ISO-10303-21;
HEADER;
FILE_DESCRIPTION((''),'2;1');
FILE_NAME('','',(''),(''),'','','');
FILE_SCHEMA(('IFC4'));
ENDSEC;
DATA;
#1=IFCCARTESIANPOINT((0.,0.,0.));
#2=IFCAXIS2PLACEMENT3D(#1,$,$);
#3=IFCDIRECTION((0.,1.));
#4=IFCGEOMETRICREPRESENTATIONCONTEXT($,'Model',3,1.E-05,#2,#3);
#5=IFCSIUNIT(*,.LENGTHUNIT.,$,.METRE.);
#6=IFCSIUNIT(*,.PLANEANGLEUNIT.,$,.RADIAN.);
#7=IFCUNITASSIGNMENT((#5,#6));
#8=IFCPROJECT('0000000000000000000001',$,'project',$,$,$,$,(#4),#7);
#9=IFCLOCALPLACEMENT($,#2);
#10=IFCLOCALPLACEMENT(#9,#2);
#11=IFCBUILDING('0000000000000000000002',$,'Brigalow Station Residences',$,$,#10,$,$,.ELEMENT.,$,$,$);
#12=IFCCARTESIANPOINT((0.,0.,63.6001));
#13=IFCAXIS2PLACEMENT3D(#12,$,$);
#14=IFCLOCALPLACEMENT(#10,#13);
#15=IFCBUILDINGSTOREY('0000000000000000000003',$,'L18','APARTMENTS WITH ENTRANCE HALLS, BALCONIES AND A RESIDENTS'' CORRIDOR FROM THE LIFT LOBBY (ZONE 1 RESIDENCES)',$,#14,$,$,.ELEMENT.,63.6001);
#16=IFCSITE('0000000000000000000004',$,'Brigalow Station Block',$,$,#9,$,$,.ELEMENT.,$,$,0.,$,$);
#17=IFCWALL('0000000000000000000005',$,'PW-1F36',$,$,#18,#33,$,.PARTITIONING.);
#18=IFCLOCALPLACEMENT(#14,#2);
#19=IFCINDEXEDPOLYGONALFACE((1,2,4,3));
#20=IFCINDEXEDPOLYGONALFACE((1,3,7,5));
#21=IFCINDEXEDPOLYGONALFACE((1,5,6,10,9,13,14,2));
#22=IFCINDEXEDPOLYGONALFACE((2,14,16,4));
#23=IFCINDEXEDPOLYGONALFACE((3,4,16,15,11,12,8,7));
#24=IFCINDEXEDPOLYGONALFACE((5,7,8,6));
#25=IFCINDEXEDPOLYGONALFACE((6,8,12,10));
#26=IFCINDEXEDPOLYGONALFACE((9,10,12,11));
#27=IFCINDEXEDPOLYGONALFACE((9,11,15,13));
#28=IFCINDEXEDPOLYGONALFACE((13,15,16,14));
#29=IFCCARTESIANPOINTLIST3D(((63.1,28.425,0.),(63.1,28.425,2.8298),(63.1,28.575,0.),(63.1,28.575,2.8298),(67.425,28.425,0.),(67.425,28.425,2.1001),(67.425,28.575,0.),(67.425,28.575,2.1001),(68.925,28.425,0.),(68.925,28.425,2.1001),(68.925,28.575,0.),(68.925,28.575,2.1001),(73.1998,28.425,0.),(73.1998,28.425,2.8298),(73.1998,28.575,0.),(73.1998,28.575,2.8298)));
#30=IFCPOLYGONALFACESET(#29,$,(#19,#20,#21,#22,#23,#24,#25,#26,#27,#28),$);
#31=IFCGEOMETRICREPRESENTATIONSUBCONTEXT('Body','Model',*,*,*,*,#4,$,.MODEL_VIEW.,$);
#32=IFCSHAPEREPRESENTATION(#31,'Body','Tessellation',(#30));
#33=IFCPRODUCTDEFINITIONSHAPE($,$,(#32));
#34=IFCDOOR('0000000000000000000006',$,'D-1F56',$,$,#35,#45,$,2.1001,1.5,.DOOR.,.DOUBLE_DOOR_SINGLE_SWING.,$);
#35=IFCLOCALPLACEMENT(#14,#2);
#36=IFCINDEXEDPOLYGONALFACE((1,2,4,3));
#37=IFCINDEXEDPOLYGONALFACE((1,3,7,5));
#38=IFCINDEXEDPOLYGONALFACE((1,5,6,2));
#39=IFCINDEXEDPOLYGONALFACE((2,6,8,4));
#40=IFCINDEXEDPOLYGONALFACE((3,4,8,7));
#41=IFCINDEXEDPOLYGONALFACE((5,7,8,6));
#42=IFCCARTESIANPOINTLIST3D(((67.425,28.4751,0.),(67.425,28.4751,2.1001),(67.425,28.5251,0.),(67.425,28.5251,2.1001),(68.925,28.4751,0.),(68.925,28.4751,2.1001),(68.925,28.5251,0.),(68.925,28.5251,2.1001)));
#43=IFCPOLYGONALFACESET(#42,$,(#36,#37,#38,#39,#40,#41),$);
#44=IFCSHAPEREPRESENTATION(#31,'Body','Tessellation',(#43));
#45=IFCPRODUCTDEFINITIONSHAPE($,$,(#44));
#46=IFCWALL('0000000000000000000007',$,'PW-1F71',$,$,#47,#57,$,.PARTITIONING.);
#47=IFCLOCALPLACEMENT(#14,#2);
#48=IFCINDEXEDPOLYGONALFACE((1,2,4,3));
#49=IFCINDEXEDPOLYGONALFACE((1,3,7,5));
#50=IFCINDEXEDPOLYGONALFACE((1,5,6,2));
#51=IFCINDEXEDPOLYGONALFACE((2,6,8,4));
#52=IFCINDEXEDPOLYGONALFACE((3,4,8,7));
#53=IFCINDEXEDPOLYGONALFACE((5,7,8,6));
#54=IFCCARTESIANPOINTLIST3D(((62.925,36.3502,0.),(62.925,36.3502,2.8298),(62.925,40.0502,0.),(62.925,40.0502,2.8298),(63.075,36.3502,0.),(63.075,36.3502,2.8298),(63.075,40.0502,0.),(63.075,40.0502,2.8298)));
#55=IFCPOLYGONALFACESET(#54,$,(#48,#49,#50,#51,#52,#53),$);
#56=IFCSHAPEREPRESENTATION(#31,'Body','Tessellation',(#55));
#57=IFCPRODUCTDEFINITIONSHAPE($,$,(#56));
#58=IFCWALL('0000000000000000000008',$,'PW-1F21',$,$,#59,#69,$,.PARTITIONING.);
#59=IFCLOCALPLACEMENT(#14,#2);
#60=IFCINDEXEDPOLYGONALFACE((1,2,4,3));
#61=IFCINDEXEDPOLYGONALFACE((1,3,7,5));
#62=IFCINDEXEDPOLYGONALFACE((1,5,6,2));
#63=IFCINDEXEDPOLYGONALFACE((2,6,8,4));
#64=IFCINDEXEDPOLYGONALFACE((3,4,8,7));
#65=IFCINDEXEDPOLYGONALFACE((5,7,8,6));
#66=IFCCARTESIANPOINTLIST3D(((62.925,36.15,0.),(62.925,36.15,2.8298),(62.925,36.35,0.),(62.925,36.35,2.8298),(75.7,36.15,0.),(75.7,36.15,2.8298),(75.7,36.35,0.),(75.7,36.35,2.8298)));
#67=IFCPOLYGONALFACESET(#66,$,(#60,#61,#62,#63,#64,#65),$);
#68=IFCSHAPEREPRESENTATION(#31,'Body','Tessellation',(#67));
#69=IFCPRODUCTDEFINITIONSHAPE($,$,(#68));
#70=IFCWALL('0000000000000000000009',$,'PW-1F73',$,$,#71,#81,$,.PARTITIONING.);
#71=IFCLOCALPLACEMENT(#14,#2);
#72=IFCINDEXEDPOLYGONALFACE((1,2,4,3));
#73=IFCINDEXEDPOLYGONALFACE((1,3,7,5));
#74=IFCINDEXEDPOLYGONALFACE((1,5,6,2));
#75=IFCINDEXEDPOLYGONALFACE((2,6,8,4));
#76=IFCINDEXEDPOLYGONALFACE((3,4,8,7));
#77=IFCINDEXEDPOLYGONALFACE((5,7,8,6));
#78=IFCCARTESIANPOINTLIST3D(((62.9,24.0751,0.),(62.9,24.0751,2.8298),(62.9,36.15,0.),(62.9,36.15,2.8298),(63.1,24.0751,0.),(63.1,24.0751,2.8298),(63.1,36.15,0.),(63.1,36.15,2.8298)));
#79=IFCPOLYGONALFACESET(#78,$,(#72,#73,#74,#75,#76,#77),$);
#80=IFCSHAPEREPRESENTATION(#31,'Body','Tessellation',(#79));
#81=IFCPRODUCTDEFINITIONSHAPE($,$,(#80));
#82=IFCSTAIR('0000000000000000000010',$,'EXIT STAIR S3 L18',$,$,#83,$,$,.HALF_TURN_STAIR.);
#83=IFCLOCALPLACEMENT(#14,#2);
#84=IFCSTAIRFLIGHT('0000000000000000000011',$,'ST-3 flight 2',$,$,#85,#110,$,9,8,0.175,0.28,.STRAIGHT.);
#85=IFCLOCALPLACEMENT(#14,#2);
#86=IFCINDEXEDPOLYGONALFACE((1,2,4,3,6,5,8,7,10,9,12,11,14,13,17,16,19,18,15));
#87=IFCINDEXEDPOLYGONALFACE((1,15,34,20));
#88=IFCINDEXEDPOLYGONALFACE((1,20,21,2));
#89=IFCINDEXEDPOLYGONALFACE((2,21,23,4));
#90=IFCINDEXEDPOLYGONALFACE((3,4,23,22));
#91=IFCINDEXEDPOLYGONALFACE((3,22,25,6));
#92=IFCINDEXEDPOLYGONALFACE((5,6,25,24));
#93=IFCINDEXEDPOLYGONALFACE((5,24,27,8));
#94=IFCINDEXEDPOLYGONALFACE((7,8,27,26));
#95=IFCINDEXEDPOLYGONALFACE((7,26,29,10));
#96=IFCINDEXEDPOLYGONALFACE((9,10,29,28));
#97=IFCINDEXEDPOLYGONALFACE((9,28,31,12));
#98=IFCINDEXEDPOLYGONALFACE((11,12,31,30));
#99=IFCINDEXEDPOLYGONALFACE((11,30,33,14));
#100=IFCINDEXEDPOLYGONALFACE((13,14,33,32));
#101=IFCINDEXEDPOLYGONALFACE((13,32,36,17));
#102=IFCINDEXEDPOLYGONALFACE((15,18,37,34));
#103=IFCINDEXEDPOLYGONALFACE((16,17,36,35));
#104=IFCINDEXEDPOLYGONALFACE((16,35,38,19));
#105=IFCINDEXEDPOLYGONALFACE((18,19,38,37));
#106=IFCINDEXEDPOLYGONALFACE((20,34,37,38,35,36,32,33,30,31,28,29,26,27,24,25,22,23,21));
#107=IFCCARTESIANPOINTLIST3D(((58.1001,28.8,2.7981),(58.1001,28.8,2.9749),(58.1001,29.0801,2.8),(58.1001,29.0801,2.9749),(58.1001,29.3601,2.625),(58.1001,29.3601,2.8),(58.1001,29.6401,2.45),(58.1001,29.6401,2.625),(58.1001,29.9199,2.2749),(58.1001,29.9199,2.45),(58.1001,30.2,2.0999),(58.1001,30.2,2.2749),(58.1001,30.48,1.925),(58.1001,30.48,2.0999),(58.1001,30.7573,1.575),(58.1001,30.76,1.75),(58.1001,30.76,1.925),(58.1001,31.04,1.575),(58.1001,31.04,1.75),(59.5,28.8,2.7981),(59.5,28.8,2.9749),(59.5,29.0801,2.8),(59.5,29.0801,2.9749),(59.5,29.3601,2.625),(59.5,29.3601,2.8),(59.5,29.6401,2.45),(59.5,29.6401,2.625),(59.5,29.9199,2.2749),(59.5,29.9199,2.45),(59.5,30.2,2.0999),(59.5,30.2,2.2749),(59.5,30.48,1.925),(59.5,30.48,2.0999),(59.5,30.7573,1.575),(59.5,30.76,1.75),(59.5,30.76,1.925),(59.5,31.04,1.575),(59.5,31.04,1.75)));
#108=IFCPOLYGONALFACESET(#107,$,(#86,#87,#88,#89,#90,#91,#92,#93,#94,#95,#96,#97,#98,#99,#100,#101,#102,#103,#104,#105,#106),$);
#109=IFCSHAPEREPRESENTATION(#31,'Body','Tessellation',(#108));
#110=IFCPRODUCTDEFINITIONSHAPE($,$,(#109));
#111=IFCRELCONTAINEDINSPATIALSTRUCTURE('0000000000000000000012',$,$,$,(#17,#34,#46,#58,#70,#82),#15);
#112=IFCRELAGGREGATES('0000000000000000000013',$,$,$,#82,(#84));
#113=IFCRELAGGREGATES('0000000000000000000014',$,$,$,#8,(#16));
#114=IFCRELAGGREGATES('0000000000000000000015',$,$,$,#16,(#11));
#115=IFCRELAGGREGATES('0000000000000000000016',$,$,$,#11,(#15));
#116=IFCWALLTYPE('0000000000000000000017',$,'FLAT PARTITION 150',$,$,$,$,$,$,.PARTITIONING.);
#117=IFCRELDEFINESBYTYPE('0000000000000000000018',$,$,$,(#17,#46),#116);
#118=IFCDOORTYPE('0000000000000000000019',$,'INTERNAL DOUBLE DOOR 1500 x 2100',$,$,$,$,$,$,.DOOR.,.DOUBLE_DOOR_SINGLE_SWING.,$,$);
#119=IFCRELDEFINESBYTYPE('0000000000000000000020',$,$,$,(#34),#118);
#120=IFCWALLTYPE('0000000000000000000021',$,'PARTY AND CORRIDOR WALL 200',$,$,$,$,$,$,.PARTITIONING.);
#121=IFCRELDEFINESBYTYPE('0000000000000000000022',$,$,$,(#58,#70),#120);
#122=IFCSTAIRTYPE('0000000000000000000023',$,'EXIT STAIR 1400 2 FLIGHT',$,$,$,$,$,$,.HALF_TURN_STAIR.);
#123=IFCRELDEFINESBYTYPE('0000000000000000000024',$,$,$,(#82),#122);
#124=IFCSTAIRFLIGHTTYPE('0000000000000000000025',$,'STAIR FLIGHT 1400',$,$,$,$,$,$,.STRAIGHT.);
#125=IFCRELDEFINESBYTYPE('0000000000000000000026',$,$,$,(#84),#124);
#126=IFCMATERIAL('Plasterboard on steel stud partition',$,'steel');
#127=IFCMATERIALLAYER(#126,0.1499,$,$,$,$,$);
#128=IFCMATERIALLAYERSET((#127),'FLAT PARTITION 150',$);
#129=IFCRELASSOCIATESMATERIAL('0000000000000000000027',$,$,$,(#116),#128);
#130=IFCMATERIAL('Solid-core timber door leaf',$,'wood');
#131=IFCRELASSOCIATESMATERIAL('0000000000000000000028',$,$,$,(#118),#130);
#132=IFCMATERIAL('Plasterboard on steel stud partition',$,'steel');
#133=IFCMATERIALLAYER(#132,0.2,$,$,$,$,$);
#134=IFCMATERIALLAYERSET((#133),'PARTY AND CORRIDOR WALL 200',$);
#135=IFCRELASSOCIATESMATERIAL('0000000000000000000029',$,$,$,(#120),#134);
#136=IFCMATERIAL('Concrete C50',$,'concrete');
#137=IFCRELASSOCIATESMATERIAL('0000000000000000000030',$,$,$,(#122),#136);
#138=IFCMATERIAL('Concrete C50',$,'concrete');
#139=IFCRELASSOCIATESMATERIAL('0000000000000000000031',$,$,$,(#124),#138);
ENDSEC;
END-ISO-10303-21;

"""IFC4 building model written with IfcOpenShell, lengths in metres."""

from ifc_helpers import new_model, si_unit, direction, frame, frame_2d, origin, place, context, subcontext, project, spatial, polyline, rectangle, outline, extrude, material, layer, layer_set, type_object, element, fill, aggregate, save


model = new_model("IFC4")

# Units and contexts
model_context = context("Model", 3, precision=1e-05, world=origin(), true_north=direction((0.0, 1.0)))
body_context = subcontext(model_context, "Body", "Model", "MODEL_VIEW")
ifc_project = project(units=[si_unit("LENGTHUNIT", "METRE"), si_unit("PLANEANGLEUNIT", "RADIAN")], contexts=[model_context])

# Site, building, storey
site_placement = place(None, origin())
site = spatial("IfcSite", under=ifc_project, at=site_placement, Name="Brigalow Station Block", CompositionType="ELEMENT", RefElevation=0.0)
building_placement = place(site_placement, origin())
building = spatial("IfcBuilding", under=site, at=building_placement, Name="Brigalow Station Residences", CompositionType="ELEMENT")
storey_placement = place(building_placement, frame((0.0, 0.0, 63.6001)))
storey = spatial("IfcBuildingStorey", under=building, at=storey_placement, Name="L18", Description="APARTMENTS WITH ENTRANCE HALLS, BALCONIES AND A RESIDENTS' CORRIDOR FROM THE LIFT LOBBY (ZONE 1 RESIDENCES)", CompositionType="ELEMENT", Elevation=63.6001)

# Shared definitions
ifc_material_1 = material(Name="Plasterboard on steel stud partition", Category="steel")
ifc_layer_1 = layer(ifc_material_1, 0.1499)
ifc_layer_set_1 = layer_set([ifc_layer_1], Name="FLAT PARTITION 150")
wall_type_1 = type_object("IfcWallType", Name="FLAT PARTITION 150", PredefinedType="PARTITIONING", material=ifc_layer_set_1)
ifc_material_2 = material(Name="Solid-core timber door leaf", Category="wood")
door_type_1 = type_object("IfcDoorType", Name="INTERNAL DOUBLE DOOR 1500 x 2100", OperationType="DOUBLE_DOOR_SINGLE_SWING", PredefinedType="DOOR", material=ifc_material_2)

# Wall, opening, door
wall_1_placement = place(storey_placement, frame((63.1001, 28.5, 0.0), z_axis=(0.0, 0.0, 1.0), x_axis=(1.0, 0.0, 0.0)))
wall_1 = element("IfcWall", 1, at=wall_1_placement, inside=storey, type_object=wall_type_1, Name="PW-1F36", PredefinedType="PARTITIONING", context=body_context, shape_type="SweptSolid", body=[
    extrude(rectangle(XDim=10.0999, YDim=0.1499, at=frame_2d((5.0498, 0.0))), origin(), (0.0, 0.0, 1.0), 2.8298),
])
opening_1_placement = place(wall_1_placement, frame((4.325, 0.0, 0.0)))
opening_1 = element("IfcOpeningElement", 2, at=opening_1_placement, cuts=wall_1, PredefinedType="OPENING", context=body_context, shape_type="SweptSolid", body=[
    extrude(rectangle(XDim=1.5, YDim=2.1001, at=frame_2d((0.75, 1.05))), frame((0.0, 0.085, 0.0), z_axis=(0.0, -1.0, 0.0), x_axis=(1.0, 0.0, 0.0)), (0.0, 0.0, 1.0), 0.1699),
])
door_1_placement = place(opening_1_placement, frame((1.5, 0.0, 0.0), z_axis=(0.0, 0.0, 1.0), x_axis=(-1.0, 0.0, 0.0)))
door_1 = element("IfcDoor", 3, at=door_1_placement, inside=storey, type_object=door_type_1, Name="D-1F56", OperationType="DOUBLE_DOOR_SINGLE_SWING", OverallHeight=2.1001, OverallWidth=1.5, PredefinedType="DOOR", context=body_context, shape_type="SweptSolid", body=[
    extrude(rectangle(XDim=1.5, YDim=2.1001, at=frame_2d((0.75, 1.05))), frame((0.0, 0.0249, 0.0), z_axis=(0.0, -1.0, 0.0), x_axis=(1.0, 0.0, 0.0)), (0.0, 0.0, 1.0), 0.05),
])
fill(opening_1, door_1)

# Walls
wall_2_placement = place(storey_placement, frame((63.0, 36.3501, 0.0), z_axis=(0.0, 0.0, 1.0), x_axis=(0.0, 1.0, 0.0)))
element("IfcWall", 4, at=wall_2_placement, inside=storey, type_object=wall_type_1, Name="PW-1F71", PredefinedType="PARTITIONING", context=body_context, shape_type="SweptSolid", body=[
    extrude(rectangle(XDim=3.7, YDim=0.1499, at=frame_2d((1.8501, 0.0))), origin(), (0.0, 0.0, 1.0), 2.8298),
])
ifc_material_3 = material(Name="Plasterboard on steel stud partition", Category="steel")
ifc_layer_2 = layer(ifc_material_3, 0.2)
ifc_layer_set_2 = layer_set([ifc_layer_2], Name="PARTY AND CORRIDOR WALL 200")
wall_type_2 = type_object("IfcWallType", Name="PARTY AND CORRIDOR WALL 200", PredefinedType="PARTITIONING", material=ifc_layer_set_2)
wall_3_placement = place(storey_placement, frame((62.925, 36.25, 0.0), z_axis=(0.0, 0.0, 1.0), x_axis=(1.0, 0.0, 0.0)))
element("IfcWall", 5, at=wall_3_placement, inside=storey, type_object=wall_type_2, Name="PW-1F21", PredefinedType="PARTITIONING", context=body_context, shape_type="SweptSolid", body=[
    extrude(rectangle(XDim=12.7749, YDim=0.2, at=frame_2d((6.3875, 0.0))), origin(), (0.0, 0.0, 1.0), 2.8298),
])
wall_4_placement = place(storey_placement, frame((63.0, 24.075, 0.0), z_axis=(0.0, 0.0, 1.0), x_axis=(0.0, 1.0, 0.0)))
element("IfcWall", 6, at=wall_4_placement, inside=storey, type_object=wall_type_2, Name="PW-1F73", PredefinedType="PARTITIONING", context=body_context, shape_type="SweptSolid", body=[
    extrude(rectangle(XDim=12.075, YDim=0.2, at=frame_2d((6.0376, 0.0))), origin(), (0.0, 0.0, 1.0), 2.8298),
])

# Stair, stair flight
ifc_material_4 = material(Name="Concrete C50", Category="concrete")
stair_type = type_object("IfcStairType", Name="EXIT STAIR 1400 2 FLIGHT", PredefinedType="HALF_TURN_STAIR", material=ifc_material_4)
stair_placement = place(storey_placement, origin())
stair = element("IfcStair", 7, at=stair_placement, inside=storey, type_object=stair_type, Name="EXIT STAIR S3 L18", PredefinedType="HALF_TURN_STAIR")
ifc_material_5 = material(Name="Concrete C50", Category="concrete")
stair_flight_type = type_object("IfcStairFlightType", Name="STAIR FLIGHT 1400", PredefinedType="STRAIGHT", material=ifc_material_5)
stair_flight_placement = place(storey_placement, frame((58.8, 31.04, 1.575), z_axis=(0.0, 0.0, 1.0), x_axis=(0.0, -1.0, 0.0)))
stair_flight = element("IfcStairFlight", 8, at=stair_flight_placement, type_object=stair_flight_type, Name="ST-3 flight 2", NumberOfRisers=9, NumberOfTreads=8, PredefinedType="STRAIGHT", RiserHeight=0.175, TreadLength=0.28, context=body_context, shape_type="SweptSolid", body=[
    extrude(outline(polyline([(0.0, 0.0), (0.0, 0.175), (0.28, 0.175), (0.28, 0.3501), (0.5601, 0.3501), (0.5601, 0.5249), (0.8401, 0.5249), (0.8401, 0.7), (1.1201, 0.7), (1.1201, 0.875), (1.3999, 0.875), (1.3999, 1.05), (1.6799, 1.05), (1.6799, 1.2251), (1.96, 1.2251), (1.96, 1.3999), (2.24, 1.3999), (2.24, 1.575), (2.24, 1.2231), (0.2827, 0.0), (0.0, 0.0)])), frame((0.0, 0.7, 0.0), z_axis=(0.0, -1.0, 0.0), x_axis=(1.0, 0.0, 0.0)), (0.0, 0.0, 1.0), 1.3999),
])
aggregate(stair, [stair_flight])

save(model, "model.ifc")
